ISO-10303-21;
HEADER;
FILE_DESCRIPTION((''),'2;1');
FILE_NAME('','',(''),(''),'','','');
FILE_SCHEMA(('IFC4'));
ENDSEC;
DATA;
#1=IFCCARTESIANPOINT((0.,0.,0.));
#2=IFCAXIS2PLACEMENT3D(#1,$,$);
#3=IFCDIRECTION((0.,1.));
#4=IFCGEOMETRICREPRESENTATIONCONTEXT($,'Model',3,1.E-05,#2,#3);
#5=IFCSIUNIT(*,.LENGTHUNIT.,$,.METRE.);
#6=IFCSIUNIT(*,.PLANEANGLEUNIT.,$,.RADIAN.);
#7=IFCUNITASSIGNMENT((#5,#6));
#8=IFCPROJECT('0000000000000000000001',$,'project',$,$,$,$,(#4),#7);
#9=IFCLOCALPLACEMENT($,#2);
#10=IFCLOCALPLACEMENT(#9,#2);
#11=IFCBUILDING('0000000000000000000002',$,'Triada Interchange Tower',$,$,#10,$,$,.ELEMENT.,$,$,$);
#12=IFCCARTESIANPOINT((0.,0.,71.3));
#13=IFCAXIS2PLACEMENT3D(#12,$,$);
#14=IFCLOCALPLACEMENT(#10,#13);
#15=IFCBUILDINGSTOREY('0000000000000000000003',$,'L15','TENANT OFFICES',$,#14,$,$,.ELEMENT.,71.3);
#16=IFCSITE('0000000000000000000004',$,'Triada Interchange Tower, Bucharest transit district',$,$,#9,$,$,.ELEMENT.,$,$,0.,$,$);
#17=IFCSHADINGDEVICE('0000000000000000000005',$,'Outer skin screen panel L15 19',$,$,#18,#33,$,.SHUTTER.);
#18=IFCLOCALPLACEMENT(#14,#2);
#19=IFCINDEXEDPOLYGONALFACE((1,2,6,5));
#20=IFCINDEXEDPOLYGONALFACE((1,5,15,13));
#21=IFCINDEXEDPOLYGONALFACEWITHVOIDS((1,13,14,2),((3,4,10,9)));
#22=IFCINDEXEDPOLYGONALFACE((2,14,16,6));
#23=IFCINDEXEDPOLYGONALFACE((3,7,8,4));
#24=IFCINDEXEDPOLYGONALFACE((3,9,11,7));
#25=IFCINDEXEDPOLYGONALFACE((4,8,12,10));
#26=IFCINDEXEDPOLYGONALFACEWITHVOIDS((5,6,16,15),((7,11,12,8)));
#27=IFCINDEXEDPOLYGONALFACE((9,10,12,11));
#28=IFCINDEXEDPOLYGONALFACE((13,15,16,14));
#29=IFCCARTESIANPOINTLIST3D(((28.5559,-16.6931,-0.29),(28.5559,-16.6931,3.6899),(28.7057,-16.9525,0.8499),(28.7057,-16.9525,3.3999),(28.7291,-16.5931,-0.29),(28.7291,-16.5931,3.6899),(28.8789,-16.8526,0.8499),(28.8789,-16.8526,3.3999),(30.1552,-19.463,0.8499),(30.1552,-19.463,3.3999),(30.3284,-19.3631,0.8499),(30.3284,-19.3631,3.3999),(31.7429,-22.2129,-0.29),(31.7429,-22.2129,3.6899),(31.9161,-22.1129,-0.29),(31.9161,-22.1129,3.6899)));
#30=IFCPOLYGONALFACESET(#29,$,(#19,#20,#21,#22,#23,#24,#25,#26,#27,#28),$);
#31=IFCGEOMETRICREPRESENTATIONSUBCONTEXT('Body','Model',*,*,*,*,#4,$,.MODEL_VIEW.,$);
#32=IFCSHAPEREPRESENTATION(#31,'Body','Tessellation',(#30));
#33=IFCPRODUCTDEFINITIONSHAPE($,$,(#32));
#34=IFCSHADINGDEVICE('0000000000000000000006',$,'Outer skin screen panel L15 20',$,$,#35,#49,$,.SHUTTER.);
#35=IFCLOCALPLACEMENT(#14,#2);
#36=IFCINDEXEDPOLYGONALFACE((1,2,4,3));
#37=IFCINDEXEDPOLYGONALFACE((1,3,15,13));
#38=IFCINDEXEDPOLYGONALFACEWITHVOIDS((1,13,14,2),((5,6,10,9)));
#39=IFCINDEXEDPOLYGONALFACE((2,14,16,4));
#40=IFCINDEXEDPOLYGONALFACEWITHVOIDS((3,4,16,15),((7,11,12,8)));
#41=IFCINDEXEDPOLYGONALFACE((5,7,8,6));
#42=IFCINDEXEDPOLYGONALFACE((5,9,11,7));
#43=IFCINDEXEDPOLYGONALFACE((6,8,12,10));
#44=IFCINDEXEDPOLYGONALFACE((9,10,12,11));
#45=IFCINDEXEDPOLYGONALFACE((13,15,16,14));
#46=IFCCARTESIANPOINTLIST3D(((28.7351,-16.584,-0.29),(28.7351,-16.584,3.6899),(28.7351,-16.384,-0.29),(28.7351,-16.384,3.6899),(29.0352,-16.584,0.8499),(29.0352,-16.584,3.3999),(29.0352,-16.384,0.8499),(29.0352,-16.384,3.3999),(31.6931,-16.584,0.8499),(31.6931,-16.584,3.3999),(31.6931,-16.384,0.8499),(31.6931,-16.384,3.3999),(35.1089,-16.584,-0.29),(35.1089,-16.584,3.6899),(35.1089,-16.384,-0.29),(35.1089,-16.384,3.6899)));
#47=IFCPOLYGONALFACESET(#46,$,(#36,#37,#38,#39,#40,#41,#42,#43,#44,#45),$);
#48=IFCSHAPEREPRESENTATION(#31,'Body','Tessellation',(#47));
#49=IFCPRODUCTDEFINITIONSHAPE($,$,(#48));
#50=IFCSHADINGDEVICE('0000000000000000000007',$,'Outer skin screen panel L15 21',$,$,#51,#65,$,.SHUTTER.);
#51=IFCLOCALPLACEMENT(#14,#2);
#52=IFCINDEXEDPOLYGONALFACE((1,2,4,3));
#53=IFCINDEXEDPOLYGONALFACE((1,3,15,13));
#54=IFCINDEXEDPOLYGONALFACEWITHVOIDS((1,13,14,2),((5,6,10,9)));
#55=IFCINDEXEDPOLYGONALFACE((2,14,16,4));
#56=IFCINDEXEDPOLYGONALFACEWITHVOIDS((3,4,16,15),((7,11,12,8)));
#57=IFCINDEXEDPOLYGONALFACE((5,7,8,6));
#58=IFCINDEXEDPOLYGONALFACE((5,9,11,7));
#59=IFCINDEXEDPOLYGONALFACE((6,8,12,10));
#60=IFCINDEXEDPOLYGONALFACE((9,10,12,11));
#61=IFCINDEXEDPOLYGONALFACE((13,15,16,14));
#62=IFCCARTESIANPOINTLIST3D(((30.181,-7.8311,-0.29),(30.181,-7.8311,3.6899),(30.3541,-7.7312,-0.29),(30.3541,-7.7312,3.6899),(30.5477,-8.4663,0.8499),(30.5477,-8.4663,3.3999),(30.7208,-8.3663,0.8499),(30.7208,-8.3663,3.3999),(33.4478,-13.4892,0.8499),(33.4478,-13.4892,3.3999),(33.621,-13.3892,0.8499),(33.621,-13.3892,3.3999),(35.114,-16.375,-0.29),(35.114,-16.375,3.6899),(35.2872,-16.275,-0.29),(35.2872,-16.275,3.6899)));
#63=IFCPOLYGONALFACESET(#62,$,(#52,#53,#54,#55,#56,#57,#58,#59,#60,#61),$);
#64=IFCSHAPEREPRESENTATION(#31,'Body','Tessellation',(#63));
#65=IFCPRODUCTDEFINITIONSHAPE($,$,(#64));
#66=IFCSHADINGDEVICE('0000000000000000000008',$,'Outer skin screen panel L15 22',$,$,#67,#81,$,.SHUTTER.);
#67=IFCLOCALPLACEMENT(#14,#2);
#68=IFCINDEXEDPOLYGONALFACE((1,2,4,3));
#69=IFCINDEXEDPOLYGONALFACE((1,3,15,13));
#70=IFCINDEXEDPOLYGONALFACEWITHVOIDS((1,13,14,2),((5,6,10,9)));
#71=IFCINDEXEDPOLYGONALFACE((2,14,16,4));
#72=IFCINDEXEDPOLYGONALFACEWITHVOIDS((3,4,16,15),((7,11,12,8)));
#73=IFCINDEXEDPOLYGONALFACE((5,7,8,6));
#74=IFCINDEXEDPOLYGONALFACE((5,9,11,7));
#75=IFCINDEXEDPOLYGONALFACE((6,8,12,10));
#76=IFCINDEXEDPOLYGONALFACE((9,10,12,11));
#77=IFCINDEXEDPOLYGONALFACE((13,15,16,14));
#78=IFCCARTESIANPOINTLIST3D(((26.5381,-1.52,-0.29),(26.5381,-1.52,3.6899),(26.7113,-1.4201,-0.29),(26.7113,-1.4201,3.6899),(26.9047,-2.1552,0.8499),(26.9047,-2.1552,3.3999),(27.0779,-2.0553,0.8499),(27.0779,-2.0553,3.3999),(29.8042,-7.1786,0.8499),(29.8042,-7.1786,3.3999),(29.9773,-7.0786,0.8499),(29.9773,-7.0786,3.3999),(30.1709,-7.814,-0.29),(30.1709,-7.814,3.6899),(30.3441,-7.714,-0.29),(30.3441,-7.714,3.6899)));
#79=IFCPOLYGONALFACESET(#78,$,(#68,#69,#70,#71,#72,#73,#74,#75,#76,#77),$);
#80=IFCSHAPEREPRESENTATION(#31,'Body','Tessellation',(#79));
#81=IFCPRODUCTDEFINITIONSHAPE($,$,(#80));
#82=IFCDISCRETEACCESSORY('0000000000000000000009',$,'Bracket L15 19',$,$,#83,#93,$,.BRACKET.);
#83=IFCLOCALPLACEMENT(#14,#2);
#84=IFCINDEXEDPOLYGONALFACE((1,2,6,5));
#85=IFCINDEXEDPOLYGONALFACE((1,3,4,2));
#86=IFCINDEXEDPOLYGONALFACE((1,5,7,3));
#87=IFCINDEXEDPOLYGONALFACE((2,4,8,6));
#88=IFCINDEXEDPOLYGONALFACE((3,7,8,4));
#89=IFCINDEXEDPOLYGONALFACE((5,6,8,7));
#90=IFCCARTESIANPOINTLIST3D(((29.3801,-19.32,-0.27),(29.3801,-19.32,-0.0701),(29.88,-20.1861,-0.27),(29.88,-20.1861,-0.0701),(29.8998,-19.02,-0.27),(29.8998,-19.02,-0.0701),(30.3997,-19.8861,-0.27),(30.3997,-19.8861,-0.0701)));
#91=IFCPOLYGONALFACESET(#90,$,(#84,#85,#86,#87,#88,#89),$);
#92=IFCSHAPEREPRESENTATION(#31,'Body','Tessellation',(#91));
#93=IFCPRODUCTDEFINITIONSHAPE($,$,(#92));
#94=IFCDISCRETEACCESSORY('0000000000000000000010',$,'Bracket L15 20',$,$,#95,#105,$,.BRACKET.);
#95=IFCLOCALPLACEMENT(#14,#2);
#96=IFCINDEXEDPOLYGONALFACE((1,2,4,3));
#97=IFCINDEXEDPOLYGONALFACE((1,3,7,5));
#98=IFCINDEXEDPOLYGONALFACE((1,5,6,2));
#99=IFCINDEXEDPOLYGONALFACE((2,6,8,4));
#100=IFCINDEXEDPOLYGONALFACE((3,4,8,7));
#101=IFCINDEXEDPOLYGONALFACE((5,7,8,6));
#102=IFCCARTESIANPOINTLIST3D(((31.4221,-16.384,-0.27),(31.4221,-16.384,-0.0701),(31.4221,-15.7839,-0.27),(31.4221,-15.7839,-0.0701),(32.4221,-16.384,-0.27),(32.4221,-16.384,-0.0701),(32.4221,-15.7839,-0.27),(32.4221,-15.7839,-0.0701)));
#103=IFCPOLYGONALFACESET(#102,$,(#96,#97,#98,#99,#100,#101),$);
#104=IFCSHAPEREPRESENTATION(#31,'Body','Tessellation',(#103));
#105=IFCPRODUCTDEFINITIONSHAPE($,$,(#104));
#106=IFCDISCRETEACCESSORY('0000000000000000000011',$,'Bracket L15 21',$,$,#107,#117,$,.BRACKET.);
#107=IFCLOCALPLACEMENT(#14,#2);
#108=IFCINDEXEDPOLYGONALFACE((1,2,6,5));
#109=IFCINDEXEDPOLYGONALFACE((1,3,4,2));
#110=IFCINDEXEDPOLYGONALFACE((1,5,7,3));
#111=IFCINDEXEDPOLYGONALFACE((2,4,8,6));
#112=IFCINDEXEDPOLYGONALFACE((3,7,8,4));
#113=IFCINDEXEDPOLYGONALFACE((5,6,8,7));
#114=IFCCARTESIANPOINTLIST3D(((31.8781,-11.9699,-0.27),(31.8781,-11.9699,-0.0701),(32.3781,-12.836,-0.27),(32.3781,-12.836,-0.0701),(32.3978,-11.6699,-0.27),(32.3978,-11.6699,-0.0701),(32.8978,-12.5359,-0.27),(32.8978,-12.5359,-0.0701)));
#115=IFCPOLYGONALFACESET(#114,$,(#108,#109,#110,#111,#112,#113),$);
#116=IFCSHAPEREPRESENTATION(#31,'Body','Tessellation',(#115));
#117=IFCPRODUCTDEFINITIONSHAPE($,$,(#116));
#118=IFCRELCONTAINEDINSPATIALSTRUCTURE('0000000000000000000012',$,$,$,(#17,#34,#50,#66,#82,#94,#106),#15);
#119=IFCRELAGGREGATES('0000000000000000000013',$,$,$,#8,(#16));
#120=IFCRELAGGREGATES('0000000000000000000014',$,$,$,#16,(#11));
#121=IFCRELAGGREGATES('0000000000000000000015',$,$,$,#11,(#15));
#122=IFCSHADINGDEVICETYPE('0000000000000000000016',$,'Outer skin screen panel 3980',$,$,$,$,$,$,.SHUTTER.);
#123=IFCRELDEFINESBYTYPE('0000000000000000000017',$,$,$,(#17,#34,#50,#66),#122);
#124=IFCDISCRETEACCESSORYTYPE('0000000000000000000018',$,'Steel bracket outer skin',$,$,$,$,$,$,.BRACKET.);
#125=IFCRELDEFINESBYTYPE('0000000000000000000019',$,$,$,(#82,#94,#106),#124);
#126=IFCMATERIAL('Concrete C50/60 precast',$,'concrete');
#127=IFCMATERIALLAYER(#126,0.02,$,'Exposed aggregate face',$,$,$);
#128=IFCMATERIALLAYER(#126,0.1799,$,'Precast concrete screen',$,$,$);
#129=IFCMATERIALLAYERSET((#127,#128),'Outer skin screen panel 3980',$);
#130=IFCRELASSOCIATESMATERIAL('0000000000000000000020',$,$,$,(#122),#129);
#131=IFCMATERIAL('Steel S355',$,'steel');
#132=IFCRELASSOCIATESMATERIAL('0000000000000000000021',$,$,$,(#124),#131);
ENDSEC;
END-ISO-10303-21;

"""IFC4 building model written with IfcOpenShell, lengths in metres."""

from ifc_helpers import new_model, si_unit, direction, frame, origin, origin_2d, place, context, subcontext, project, spatial, polyline, rectangle, outline, extrude, material, layer, layer_set, type_object, element, save


model = new_model("IFC4")

# Units and contexts
model_context = context("Model", 3, precision=1e-05, world=origin(), true_north=direction((0.0, 1.0)))
body_context = subcontext(model_context, "Body", "Model", "MODEL_VIEW")
ifc_project = project(units=[si_unit("LENGTHUNIT", "METRE"), si_unit("PLANEANGLEUNIT", "RADIAN")], contexts=[model_context])

# Site, building, storey
site_placement = place(None, origin())
site = spatial("IfcSite", under=ifc_project, at=site_placement, Name="Triada Interchange Tower, Bucharest transit district", CompositionType="ELEMENT", RefElevation=0.0)
building_placement = place(site_placement, origin())
building = spatial("IfcBuilding", under=site, at=building_placement, Name="Triada Interchange Tower", CompositionType="ELEMENT")
storey_placement = place(building_placement, frame((0.0, 0.0, 71.3)))
storey = spatial("IfcBuildingStorey", under=building, at=storey_placement, Name="L15", Description="TENANT OFFICES", CompositionType="ELEMENT", Elevation=71.3)

# Shading devices
ifc_material_1 = material(Name="Concrete C50/60 precast", Category="concrete")
ifc_layer_1 = layer(ifc_material_1, 0.02, Name="Exposed aggregate face")
ifc_layer_2 = layer(ifc_material_1, 0.1799, Name="Precast concrete screen")
ifc_layer_set_1 = layer_set([ifc_layer_1, ifc_layer_2], Name="Outer skin screen panel 3980")
shading_device_type = type_object("IfcShadingDeviceType", Name="Outer skin screen panel 3980", PredefinedType="SHUTTER", material=ifc_layer_set_1)
shading_device_1_placement = place(storey_placement, frame((31.7429, -22.2129, -0.29), z_axis=(0.0, 0.0, 1.0), x_axis=(-0.50002, 0.866014, 0.0)))
element("IfcShadingDevice", 1, at=shading_device_1_placement, inside=storey, type_object=shading_device_type, Name="Outer skin screen panel L15 19", PredefinedType="SHUTTER", context=body_context, shape_type="SweptSolid", body=[
    extrude(outline(polyline([(0.0, 0.0), (6.3738, 0.0), (6.3738, 3.98), (0.0, 3.98), (0.0, 0.0)]), holes=[polyline([(3.1753, 1.1399), (3.1753, 3.6899), (6.0742, 3.6899), (6.0742, 1.1399), (3.1753, 1.1399)])]), frame((0.0, 0.0, 0.0), z_axis=(0.0, -1.0, 0.0), x_axis=(1.0, 0.0, 0.0)), (0.0, 0.0, 1.0), 0.2),
])
shading_device_2_placement = place(storey_placement, frame((28.7351, -16.384, -0.29), z_axis=(0.0, 0.0, 1.0), x_axis=(1.0, 0.0, 0.0)))
element("IfcShadingDevice", 2, at=shading_device_2_placement, inside=storey, type_object=shading_device_type, Name="Outer skin screen panel L15 20", PredefinedType="SHUTTER", context=body_context, shape_type="SweptSolid", body=[
    extrude(outline(polyline([(0.0, 0.0), (6.3738, 0.0), (6.3738, 3.98), (0.0, 3.98), (0.0, 0.0)]), holes=[polyline([(0.3, 1.1399), (0.3, 3.6899), (2.958, 3.6899), (2.958, 1.1399), (0.3, 1.1399)])]), frame((0.0, 0.0, 0.0), z_axis=(0.0, -1.0, 0.0), x_axis=(1.0, 0.0, 0.0)), (0.0, 0.0, 1.0), 0.2),
])
shading_device_3_placement = place(storey_placement, frame((35.114, -16.375, -0.29), z_axis=(0.0, 0.0, 1.0), x_axis=(-0.500019, 0.866014, 0.0)))
element("IfcShadingDevice", 3, at=shading_device_3_placement, inside=storey, type_object=shading_device_type, Name="Outer skin screen panel L15 21", PredefinedType="SHUTTER", context=body_context, shape_type="SweptSolid", body=[
    extrude(outline(polyline([(0.0, 0.0), (9.8657, 0.0), (9.8657, 3.98), (0.0, 3.98), (0.0, 0.0)]), holes=[polyline([(3.3323, 1.1399), (3.3323, 3.6899), (9.1323, 3.6899), (9.1323, 1.1399), (3.3323, 1.1399)])]), frame((0.0, 0.0, 0.0), z_axis=(0.0, -1.0, 0.0), x_axis=(1.0, 0.0, 0.0)), (0.0, 0.0, 1.0), 0.2),
])
shading_device_4_placement = place(storey_placement, frame((30.1709, -7.814, -0.29), z_axis=(0.0, 0.0, 1.0), x_axis=(-0.499897, 0.866085, 0.0)))
element("IfcShadingDevice", 4, at=shading_device_4_placement, inside=storey, type_object=shading_device_type, Name="Outer skin screen panel L15 22", PredefinedType="SHUTTER", context=body_context, shape_type="SweptSolid", body=[
    extrude(outline(polyline([(0.0, 0.0), (7.2671, 0.0), (7.2671, 3.98), (0.0, 3.98), (0.0, 0.0)]), holes=[polyline([(0.7336, 1.1399), (0.7336, 3.6899), (6.5337, 3.6899), (6.5337, 1.1399), (0.7336, 1.1399)])]), frame((0.0, 0.0, 0.0), z_axis=(0.0, -1.0, 0.0), x_axis=(1.0, 0.0, 0.0)), (0.0, 0.0, 1.0), 0.2),
])

# Discrete accessories
ifc_material_2 = material(Name="Steel S355", Category="steel")
discrete_accessory_type = type_object("IfcDiscreteAccessoryType", Name="Steel bracket outer skin", PredefinedType="BRACKET", material=ifc_material_2)
for number, where, z_axis, x_axis, name in (
    (5, (29.8899, -19.603, -0.27), (0.0, 0.0, 1.0), (0.866062, 0.499936, 0.0), "Bracket L15 19"),
    (6, (31.9221, -16.084, -0.27), (0.0, 0.0, 1.0), (0.0, -1.0, 0.0), "Bracket L15 20"),
    (7, (32.3879, -12.2529, -0.27), (0.0, 0.0, 1.0), (0.866027, 0.499997, 0.0), "Bracket L15 21"),
):
    element("IfcDiscreteAccessory", number, at=place(storey_placement, frame(where, z_axis=z_axis, x_axis=x_axis)), inside=storey, type_object=discrete_accessory_type, Name=name, PredefinedType="BRACKET", context=body_context, shape_type="SweptSolid", body=[
        extrude(rectangle(XDim=0.6001, YDim=1.0, at=origin_2d()), origin(), (0.0, 0.0, 1.0), 0.2),
    ])

save(model, "model.ifc")
